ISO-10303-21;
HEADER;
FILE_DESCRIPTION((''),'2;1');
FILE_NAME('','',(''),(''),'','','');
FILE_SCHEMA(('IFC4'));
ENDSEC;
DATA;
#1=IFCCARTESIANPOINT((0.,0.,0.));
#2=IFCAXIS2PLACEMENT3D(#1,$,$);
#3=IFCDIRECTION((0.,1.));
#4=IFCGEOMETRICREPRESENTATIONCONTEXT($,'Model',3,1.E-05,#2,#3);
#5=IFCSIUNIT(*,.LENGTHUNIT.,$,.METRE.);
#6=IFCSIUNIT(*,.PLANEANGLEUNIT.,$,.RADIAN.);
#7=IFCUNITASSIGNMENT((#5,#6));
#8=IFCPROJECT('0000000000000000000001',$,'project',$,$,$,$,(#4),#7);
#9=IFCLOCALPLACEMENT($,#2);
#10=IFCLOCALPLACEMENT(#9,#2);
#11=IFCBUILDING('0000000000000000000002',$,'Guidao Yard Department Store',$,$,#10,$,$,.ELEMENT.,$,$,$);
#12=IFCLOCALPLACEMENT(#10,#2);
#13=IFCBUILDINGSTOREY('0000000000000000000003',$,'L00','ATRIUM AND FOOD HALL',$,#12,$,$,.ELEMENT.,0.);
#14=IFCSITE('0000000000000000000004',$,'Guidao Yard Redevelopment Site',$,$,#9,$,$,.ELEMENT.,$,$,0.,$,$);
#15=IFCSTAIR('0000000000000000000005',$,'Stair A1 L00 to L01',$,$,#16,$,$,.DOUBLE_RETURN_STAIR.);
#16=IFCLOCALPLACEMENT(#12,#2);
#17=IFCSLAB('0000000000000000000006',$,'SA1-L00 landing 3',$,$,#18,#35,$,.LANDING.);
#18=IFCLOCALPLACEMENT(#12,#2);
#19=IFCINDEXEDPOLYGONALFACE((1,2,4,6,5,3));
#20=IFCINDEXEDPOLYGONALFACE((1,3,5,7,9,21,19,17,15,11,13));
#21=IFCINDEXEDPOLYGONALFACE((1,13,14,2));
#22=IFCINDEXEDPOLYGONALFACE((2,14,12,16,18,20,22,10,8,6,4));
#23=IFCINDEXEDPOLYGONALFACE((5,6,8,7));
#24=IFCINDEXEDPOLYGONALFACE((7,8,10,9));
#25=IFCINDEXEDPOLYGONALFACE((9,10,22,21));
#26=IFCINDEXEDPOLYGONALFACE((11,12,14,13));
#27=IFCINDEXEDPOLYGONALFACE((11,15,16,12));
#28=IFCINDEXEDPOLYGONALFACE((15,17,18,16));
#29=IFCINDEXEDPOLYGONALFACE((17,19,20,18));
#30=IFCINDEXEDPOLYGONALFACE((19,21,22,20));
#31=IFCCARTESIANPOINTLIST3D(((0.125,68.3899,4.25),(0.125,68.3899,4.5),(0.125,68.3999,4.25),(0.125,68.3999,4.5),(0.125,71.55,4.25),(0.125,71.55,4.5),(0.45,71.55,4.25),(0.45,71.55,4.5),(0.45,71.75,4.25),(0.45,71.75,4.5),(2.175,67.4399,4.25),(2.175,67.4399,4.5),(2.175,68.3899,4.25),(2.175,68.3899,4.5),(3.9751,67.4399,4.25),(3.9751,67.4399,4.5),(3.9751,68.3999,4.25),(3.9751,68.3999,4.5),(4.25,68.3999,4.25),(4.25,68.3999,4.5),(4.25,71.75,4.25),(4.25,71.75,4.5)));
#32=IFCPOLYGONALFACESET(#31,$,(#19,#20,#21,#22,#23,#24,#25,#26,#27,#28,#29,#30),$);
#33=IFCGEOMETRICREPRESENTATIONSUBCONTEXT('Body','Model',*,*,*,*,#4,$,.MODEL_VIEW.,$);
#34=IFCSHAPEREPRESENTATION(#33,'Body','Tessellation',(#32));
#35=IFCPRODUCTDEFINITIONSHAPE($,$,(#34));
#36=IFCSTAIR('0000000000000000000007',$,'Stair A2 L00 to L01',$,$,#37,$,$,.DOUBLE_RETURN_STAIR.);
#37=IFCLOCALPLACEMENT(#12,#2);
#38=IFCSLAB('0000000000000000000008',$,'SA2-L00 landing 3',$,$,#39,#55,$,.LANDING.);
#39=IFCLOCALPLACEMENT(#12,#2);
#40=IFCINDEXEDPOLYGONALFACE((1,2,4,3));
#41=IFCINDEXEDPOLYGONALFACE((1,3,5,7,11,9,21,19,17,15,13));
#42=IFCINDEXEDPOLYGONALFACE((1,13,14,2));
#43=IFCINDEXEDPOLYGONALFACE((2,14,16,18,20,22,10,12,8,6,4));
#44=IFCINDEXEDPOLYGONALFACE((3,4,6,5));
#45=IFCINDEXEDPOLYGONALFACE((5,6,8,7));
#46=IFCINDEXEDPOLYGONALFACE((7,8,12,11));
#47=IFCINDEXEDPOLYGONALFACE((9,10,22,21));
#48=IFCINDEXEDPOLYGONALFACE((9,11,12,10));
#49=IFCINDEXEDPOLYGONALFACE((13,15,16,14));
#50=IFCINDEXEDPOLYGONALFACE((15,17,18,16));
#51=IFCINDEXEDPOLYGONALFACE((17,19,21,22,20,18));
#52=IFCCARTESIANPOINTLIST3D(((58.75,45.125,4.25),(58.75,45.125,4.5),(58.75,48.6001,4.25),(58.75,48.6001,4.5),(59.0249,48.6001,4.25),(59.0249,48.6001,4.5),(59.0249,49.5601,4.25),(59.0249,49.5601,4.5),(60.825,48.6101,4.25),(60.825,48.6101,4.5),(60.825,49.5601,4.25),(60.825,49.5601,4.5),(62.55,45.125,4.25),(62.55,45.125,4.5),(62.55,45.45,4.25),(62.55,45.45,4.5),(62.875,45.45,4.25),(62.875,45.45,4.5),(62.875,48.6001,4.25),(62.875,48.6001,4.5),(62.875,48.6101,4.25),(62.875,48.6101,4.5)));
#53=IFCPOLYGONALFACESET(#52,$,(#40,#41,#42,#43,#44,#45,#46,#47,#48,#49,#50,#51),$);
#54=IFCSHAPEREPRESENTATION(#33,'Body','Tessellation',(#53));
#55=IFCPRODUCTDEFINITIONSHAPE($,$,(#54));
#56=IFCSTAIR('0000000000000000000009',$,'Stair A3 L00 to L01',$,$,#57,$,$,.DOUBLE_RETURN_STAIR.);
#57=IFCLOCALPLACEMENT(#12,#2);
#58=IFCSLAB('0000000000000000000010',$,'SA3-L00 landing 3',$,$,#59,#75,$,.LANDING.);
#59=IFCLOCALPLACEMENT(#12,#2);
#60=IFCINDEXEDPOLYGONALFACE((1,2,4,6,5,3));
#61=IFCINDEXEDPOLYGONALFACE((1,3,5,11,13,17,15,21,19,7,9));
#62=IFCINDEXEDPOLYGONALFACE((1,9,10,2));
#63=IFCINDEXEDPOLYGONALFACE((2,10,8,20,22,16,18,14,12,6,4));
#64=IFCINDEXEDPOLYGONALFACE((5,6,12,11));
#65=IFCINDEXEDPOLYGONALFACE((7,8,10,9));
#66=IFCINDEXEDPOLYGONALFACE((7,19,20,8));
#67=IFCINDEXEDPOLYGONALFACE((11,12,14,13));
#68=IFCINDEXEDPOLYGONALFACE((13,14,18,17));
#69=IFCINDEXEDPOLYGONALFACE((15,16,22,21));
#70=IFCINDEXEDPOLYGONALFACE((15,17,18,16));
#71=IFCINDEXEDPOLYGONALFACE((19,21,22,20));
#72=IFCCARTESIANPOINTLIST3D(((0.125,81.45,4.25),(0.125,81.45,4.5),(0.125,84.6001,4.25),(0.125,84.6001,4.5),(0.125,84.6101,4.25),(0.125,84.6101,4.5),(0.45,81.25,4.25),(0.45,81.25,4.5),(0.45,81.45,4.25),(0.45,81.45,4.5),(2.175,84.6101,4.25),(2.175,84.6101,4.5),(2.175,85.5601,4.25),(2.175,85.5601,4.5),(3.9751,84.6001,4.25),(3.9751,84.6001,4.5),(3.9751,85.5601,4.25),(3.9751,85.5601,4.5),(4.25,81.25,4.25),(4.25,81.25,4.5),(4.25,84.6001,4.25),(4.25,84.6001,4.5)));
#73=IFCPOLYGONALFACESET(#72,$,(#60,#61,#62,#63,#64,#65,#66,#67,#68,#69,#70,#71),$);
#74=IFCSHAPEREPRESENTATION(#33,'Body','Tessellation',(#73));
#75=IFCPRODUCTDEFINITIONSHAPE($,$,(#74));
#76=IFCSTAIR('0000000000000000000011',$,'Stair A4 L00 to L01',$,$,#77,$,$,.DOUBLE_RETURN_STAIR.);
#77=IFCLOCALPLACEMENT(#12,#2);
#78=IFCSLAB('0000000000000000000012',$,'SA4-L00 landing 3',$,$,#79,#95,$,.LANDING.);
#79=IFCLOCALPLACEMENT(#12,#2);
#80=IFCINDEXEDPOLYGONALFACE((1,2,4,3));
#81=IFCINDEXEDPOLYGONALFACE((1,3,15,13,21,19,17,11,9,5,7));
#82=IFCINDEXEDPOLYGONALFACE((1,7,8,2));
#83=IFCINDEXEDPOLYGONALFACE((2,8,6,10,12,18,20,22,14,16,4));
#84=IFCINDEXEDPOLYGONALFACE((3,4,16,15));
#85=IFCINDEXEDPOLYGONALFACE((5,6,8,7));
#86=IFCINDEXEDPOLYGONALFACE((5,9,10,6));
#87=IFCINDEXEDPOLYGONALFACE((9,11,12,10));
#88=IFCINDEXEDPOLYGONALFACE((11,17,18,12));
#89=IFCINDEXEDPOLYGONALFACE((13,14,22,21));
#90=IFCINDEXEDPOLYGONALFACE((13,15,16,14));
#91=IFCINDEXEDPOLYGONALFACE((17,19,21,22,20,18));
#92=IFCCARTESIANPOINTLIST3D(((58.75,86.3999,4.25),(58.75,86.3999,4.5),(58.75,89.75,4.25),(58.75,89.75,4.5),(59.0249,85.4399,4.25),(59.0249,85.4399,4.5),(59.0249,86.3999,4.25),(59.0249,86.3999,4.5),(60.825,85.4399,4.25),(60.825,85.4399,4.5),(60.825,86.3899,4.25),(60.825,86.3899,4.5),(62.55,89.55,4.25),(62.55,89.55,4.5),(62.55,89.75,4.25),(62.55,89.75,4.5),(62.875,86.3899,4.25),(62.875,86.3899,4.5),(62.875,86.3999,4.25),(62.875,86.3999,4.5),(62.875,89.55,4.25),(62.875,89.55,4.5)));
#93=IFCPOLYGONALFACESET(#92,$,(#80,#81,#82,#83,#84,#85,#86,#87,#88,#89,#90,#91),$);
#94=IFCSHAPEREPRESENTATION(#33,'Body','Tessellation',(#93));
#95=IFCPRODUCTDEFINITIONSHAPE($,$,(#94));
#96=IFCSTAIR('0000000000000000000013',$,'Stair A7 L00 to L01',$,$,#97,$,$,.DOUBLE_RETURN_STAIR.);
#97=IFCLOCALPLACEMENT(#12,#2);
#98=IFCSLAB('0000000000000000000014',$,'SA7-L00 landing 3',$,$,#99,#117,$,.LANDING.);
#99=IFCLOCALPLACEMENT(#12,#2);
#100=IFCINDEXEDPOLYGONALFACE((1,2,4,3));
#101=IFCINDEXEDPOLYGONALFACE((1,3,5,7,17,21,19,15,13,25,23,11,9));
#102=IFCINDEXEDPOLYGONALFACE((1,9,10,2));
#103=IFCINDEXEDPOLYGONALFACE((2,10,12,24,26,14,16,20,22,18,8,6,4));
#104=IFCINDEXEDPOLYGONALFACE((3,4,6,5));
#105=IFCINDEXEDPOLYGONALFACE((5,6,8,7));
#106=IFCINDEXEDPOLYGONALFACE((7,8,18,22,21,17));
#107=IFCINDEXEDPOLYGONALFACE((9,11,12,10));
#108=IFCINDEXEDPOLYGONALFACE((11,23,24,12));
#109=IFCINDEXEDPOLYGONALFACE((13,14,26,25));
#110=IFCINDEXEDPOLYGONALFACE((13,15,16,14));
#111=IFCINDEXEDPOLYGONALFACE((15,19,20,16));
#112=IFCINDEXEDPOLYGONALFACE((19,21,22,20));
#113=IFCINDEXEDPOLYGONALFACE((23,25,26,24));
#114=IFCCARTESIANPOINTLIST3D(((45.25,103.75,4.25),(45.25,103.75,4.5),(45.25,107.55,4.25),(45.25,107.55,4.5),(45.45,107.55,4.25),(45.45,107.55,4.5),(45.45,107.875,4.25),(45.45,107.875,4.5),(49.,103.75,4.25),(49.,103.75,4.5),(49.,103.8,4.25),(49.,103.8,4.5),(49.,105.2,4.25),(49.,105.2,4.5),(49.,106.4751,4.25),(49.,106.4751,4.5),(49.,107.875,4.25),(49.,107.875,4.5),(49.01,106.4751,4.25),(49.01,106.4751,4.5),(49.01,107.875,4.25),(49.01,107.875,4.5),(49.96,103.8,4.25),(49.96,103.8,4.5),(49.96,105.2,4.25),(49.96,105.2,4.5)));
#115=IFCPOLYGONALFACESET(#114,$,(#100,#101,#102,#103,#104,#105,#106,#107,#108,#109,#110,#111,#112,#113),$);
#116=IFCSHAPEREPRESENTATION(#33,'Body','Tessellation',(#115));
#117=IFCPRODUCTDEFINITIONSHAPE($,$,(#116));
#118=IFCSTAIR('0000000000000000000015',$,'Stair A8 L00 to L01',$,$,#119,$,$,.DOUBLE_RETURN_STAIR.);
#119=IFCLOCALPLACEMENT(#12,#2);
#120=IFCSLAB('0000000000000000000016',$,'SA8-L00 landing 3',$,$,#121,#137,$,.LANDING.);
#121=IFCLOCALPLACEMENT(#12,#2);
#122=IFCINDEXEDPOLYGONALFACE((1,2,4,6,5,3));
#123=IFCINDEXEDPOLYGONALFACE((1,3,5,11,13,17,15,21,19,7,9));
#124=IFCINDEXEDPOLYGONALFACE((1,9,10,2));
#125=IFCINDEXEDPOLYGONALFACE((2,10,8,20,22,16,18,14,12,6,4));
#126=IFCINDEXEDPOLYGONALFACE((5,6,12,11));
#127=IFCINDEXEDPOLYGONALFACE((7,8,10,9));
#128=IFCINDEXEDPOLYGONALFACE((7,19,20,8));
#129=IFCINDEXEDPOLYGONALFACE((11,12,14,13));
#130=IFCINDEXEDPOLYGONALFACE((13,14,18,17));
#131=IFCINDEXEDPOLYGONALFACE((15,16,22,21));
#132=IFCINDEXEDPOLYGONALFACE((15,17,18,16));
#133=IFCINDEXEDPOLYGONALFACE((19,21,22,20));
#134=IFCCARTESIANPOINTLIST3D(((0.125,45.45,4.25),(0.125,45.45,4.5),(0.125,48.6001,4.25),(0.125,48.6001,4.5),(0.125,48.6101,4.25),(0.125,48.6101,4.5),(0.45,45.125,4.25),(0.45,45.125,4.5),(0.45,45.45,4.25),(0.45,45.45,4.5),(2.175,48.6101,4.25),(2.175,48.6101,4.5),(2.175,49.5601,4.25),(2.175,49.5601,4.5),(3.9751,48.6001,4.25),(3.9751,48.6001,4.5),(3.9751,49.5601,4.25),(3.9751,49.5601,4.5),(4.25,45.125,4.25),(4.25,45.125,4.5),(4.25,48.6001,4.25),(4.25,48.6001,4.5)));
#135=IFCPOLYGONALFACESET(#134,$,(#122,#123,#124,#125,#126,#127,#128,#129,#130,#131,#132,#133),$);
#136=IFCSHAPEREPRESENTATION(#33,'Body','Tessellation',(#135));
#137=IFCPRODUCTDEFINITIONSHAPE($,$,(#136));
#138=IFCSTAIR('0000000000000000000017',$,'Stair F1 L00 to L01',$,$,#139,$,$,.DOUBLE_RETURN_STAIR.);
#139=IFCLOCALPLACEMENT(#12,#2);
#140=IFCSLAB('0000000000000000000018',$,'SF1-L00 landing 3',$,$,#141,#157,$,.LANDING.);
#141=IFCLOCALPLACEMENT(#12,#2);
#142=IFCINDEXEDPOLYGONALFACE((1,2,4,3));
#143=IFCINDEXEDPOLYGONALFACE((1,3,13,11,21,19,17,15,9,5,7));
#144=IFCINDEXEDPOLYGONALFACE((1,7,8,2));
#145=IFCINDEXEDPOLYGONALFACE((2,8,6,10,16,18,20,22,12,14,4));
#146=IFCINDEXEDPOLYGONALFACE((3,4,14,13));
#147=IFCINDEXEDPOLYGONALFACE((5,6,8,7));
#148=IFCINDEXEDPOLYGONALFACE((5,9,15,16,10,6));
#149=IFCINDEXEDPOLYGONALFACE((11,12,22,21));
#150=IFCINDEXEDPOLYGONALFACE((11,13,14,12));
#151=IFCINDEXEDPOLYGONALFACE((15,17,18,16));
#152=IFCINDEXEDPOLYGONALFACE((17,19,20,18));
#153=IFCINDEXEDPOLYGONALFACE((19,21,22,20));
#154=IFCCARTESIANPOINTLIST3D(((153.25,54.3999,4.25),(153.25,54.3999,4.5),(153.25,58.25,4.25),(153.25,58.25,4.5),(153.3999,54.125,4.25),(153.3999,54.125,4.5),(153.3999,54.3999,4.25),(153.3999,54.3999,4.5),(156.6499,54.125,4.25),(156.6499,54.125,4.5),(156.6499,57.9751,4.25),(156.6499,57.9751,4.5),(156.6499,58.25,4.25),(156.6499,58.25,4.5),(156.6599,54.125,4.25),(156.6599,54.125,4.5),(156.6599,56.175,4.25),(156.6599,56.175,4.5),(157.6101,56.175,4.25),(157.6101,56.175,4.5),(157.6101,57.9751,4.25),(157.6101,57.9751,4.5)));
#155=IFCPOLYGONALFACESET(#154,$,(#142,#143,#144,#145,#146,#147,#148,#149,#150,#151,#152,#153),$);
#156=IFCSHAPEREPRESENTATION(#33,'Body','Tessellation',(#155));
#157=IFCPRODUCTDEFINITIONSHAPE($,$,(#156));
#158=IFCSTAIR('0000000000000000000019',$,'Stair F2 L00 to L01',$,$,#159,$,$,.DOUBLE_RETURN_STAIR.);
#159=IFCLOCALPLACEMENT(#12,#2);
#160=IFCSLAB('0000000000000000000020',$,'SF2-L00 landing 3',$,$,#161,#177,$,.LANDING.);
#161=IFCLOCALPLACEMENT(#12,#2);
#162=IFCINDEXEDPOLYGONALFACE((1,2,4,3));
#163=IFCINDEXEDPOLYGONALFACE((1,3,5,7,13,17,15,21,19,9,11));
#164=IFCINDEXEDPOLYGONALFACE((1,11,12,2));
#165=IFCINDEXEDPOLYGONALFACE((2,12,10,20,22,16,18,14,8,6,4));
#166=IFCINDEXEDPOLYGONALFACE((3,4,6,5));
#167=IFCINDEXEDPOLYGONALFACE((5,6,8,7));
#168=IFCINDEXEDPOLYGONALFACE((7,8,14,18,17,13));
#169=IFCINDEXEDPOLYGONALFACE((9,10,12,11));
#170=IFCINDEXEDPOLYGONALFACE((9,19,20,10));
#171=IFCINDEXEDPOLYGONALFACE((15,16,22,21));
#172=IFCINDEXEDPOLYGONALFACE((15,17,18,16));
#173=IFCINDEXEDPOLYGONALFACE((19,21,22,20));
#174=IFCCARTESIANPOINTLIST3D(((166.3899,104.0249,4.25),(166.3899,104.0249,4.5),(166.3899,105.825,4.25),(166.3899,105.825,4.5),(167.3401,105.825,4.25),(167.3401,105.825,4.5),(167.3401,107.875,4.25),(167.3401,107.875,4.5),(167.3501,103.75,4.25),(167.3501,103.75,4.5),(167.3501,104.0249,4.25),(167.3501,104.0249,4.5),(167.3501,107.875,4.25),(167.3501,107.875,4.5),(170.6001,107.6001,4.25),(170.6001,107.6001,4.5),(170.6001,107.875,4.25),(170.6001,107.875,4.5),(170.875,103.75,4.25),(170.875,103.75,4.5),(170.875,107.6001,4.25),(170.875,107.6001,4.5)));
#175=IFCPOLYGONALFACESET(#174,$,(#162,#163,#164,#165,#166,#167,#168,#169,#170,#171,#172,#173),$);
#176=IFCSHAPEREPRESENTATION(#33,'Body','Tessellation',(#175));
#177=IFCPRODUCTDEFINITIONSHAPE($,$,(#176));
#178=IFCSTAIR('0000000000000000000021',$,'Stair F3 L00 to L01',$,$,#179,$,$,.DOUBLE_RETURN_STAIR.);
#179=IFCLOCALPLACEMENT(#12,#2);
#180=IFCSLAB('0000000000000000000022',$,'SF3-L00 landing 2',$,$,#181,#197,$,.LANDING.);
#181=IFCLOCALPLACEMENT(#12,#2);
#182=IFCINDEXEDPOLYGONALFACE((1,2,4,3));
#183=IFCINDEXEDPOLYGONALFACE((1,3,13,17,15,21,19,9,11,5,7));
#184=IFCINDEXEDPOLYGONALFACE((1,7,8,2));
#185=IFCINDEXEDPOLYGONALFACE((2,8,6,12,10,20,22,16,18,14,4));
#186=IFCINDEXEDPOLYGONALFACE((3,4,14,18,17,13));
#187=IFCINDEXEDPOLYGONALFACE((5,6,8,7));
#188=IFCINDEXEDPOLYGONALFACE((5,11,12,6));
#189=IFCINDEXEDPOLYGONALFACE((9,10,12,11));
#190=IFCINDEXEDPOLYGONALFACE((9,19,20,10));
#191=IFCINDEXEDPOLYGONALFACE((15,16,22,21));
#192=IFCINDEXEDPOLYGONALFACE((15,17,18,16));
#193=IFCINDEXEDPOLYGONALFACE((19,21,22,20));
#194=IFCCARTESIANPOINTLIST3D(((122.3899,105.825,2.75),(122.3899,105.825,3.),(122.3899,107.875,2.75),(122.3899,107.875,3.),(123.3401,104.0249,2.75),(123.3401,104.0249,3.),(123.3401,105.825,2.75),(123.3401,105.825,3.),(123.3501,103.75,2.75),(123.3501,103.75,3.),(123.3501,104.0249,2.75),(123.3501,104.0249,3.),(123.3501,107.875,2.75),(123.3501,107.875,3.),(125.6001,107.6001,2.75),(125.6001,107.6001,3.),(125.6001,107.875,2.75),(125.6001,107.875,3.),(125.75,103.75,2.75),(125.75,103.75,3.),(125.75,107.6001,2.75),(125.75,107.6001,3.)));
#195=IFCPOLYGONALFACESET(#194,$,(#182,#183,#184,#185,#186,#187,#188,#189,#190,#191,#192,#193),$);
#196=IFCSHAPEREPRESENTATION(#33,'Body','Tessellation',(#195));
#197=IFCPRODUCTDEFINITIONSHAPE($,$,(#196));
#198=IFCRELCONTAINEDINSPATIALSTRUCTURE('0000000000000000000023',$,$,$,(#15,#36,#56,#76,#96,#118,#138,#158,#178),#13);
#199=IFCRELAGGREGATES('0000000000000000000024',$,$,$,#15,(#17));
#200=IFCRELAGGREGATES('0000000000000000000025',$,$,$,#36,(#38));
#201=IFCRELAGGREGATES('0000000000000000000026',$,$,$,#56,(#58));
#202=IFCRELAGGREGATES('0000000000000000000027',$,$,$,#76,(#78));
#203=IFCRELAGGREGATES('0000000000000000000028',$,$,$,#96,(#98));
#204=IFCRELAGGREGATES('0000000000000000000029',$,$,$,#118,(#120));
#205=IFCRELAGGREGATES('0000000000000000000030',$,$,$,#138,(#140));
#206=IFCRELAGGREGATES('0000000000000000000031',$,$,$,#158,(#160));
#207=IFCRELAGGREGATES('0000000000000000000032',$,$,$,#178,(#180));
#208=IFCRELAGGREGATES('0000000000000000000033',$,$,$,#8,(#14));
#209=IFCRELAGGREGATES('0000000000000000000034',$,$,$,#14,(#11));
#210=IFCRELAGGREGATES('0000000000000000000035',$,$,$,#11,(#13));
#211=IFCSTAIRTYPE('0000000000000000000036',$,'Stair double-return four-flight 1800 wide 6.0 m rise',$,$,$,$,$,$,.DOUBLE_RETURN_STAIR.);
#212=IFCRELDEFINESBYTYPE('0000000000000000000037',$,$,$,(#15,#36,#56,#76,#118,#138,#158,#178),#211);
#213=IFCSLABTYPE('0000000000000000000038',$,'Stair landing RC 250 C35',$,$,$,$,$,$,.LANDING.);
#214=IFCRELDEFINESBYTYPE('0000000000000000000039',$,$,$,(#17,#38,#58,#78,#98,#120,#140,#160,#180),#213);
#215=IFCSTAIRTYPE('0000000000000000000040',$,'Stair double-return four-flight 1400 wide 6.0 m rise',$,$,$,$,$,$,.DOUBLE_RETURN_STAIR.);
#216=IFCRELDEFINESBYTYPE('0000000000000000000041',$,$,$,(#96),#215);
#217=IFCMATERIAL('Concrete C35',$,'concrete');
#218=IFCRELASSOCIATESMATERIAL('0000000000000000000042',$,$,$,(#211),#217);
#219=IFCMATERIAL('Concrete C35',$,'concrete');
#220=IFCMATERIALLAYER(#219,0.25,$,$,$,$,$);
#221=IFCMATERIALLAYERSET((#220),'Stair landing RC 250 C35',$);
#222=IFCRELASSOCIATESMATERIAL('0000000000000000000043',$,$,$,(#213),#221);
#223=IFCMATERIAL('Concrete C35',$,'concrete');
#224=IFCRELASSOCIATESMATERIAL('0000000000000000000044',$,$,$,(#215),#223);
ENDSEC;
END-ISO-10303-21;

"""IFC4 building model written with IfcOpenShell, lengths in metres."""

from ifc_helpers import new_model, si_unit, direction, frame, origin, place, context, subcontext, project, spatial, polyline, outline, extrude, material, layer, layer_set, type_object, element, aggregate, save


model = new_model("IFC4")

# Units and contexts
model_context = context("Model", 3, precision=1e-05, world=origin(), true_north=direction((0.0, 1.0)))
body_context = subcontext(model_context, "Body", "Model", "MODEL_VIEW")
ifc_project = project(units=[si_unit("LENGTHUNIT", "METRE"), si_unit("PLANEANGLEUNIT", "RADIAN")], contexts=[model_context])

# Site, building, storey
site_placement = place(None, origin())
site = spatial("IfcSite", under=ifc_project, at=site_placement, Name="Guidao Yard Redevelopment Site", CompositionType="ELEMENT", RefElevation=0.0)
building_placement = place(site_placement, origin())
building = spatial("IfcBuilding", under=site, at=building_placement, Name="Guidao Yard Department Store", CompositionType="ELEMENT")
storey_placement = place(building_placement, origin())
storey = spatial("IfcBuildingStorey", under=building, at=storey_placement, Name="L00", Description="ATRIUM AND FOOD HALL", CompositionType="ELEMENT", Elevation=0.0)

# Stairs, slabs
ifc_material_1 = material(Name="Concrete C35", Category="concrete")
stair_type_1 = type_object("IfcStairType", Name="Stair double-return four-flight 1800 wide 6.0 m rise", PredefinedType="DOUBLE_RETURN_STAIR", material=ifc_material_1)
stair_1_placement = place(storey_placement, origin())
stair_1 = element("IfcStair", 1, at=stair_1_placement, inside=storey, type_object=stair_type_1, Name="Stair A1 L00 to L01", PredefinedType="DOUBLE_RETURN_STAIR")
ifc_material_2 = material(Name="Concrete C35", Category="concrete")
ifc_layer = layer(ifc_material_2, 0.25)
ifc_layer_set = layer_set([ifc_layer], Name="Stair landing RC 250 C35")
slab_type = type_object("IfcSlabType", Name="Stair landing RC 250 C35", PredefinedType="LANDING", material=ifc_layer_set)
slab_1_placement = place(storey_placement, frame((0.0, 0.0, 4.25)))
slab_1 = element("IfcSlab", 2, at=slab_1_placement, type_object=slab_type, Name="SA1-L00 landing 3", PredefinedType="LANDING", context=body_context, shape_type="SweptSolid", body=[
    extrude(outline(polyline([(2.175, 68.3899), (0.125, 68.3899), (0.125, 68.3999), (0.125, 71.55), (0.45, 71.55), (0.45, 71.75), (4.25, 71.75), (4.25, 68.3999), (3.9751, 68.3999), (3.9751, 67.4399), (2.175, 67.4399), (2.175, 68.3899)])), origin(), (0.0, 0.0, 1.0), 0.25),
])
aggregate(stair_1, [slab_1])
stair_2_placement = place(storey_placement, origin())
stair_2 = element("IfcStair", 3, at=stair_2_placement, inside=storey, type_object=stair_type_1, Name="Stair A2 L00 to L01", PredefinedType="DOUBLE_RETURN_STAIR")
slab_2_placement = place(storey_placement, frame((0.0, 0.0, 4.25)))
slab_2 = element("IfcSlab", 4, at=slab_2_placement, type_object=slab_type, Name="SA2-L00 landing 3", PredefinedType="LANDING", context=body_context, shape_type="SweptSolid", body=[
    extrude(outline(polyline([(58.75, 48.6001), (59.0249, 48.6001), (59.0249, 49.5601), (60.825, 49.5601), (60.825, 48.6101), (62.875, 48.6101), (62.875, 48.6001), (62.875, 45.45), (62.55, 45.45), (62.55, 45.125), (58.75, 45.125), (58.75, 48.6001)])), origin(), (0.0, 0.0, 1.0), 0.25),
])
aggregate(stair_2, [slab_2])
stair_3_placement = place(storey_placement, origin())
stair_3 = element("IfcStair", 5, at=stair_3_placement, inside=storey, type_object=stair_type_1, Name="Stair A3 L00 to L01", PredefinedType="DOUBLE_RETURN_STAIR")
slab_3_placement = place(storey_placement, frame((0.0, 0.0, 4.25)))
slab_3 = element("IfcSlab", 6, at=slab_3_placement, type_object=slab_type, Name="SA3-L00 landing 3", PredefinedType="LANDING", context=body_context, shape_type="SweptSolid", body=[
    extrude(outline(polyline([(0.45, 81.25), (0.45, 81.45), (0.125, 81.45), (0.125, 84.6001), (0.125, 84.6101), (2.175, 84.6101), (2.175, 85.5601), (3.9751, 85.5601), (3.9751, 84.6001), (4.25, 84.6001), (4.25, 81.25), (0.45, 81.25)])), origin(), (0.0, 0.0, 1.0), 0.25),
])
aggregate(stair_3, [slab_3])
stair_4_placement = place(storey_placement, origin())
stair_4 = element("IfcStair", 7, at=stair_4_placement, inside=storey, type_object=stair_type_1, Name="Stair A4 L00 to L01", PredefinedType="DOUBLE_RETURN_STAIR")
slab_4_placement = place(storey_placement, frame((0.0, 0.0, 4.25)))
slab_4 = element("IfcSlab", 8, at=slab_4_placement, type_object=slab_type, Name="SA4-L00 landing 3", PredefinedType="LANDING", context=body_context, shape_type="SweptSolid", body=[
    extrude(outline(polyline([(59.0249, 86.3999), (58.75, 86.3999), (58.75, 89.75), (62.55, 89.75), (62.55, 89.55), (62.875, 89.55), (62.875, 86.3999), (62.875, 86.3899), (60.825, 86.3899), (60.825, 85.4399), (59.0249, 85.4399), (59.0249, 86.3999)])), origin(), (0.0, 0.0, 1.0), 0.25),
])
aggregate(stair_4, [slab_4])
ifc_material_3 = material(Name="Concrete C35", Category="concrete")
stair_type_2 = type_object("IfcStairType", Name="Stair double-return four-flight 1400 wide 6.0 m rise", PredefinedType="DOUBLE_RETURN_STAIR", material=ifc_material_3)
stair_5_placement = place(storey_placement, origin())
stair_5 = element("IfcStair", 9, at=stair_5_placement, inside=storey, type_object=stair_type_2, Name="Stair A7 L00 to L01", PredefinedType="DOUBLE_RETURN_STAIR")
slab_5_placement = place(storey_placement, frame((0.0, 0.0, 4.25)))
slab_5 = element("IfcSlab", 10, at=slab_5_placement, type_object=slab_type, Name="SA7-L00 landing 3", PredefinedType="LANDING", context=body_context, shape_type="SweptSolid", body=[
    extrude(outline(polyline([(49.0, 103.8), (49.0, 103.75), (45.25, 103.75), (45.25, 107.55), (45.45, 107.55), (45.45, 107.875), (49.0, 107.875), (49.01, 107.875), (49.01, 106.4751), (49.0, 106.4751), (49.0, 105.2), (49.96, 105.2), (49.96, 103.8), (49.0, 103.8)])), origin(), (0.0, 0.0, 1.0), 0.25),
])
aggregate(stair_5, [slab_5])
stair_6_placement = place(storey_placement, origin())
stair_6 = element("IfcStair", 11, at=stair_6_placement, inside=storey, type_object=stair_type_1, Name="Stair A8 L00 to L01", PredefinedType="DOUBLE_RETURN_STAIR")
slab_6_placement = place(storey_placement, frame((0.0, 0.0, 4.25)))
slab_6 = element("IfcSlab", 12, at=slab_6_placement, type_object=slab_type, Name="SA8-L00 landing 3", PredefinedType="LANDING", context=body_context, shape_type="SweptSolid", body=[
    extrude(outline(polyline([(0.45, 45.125), (0.45, 45.45), (0.125, 45.45), (0.125, 48.6001), (0.125, 48.6101), (2.175, 48.6101), (2.175, 49.5601), (3.9751, 49.5601), (3.9751, 48.6001), (4.25, 48.6001), (4.25, 45.125), (0.45, 45.125)])), origin(), (0.0, 0.0, 1.0), 0.25),
])
aggregate(stair_6, [slab_6])
stair_7_placement = place(storey_placement, origin())
stair_7 = element("IfcStair", 13, at=stair_7_placement, inside=storey, type_object=stair_type_1, Name="Stair F1 L00 to L01", PredefinedType="DOUBLE_RETURN_STAIR")
slab_7_placement = place(storey_placement, frame((0.0, 0.0, 4.25)))
slab_7 = element("IfcSlab", 14, at=slab_7_placement, type_object=slab_type, Name="SF1-L00 landing 3", PredefinedType="LANDING", context=body_context, shape_type="SweptSolid", body=[
    extrude(outline(polyline([(153.3999, 54.125), (153.3999, 54.3999), (153.25, 54.3999), (153.25, 58.25), (156.6499, 58.25), (156.6499, 57.9751), (157.6101, 57.9751), (157.6101, 56.175), (156.6599, 56.175), (156.6599, 54.125), (156.6499, 54.125), (153.3999, 54.125)])), origin(), (0.0, 0.0, 1.0), 0.25),
])
aggregate(stair_7, [slab_7])
stair_8_placement = place(storey_placement, origin())
stair_8 = element("IfcStair", 15, at=stair_8_placement, inside=storey, type_object=stair_type_1, Name="Stair F2 L00 to L01", PredefinedType="DOUBLE_RETURN_STAIR")
slab_8_placement = place(storey_placement, frame((0.0, 0.0, 4.25)))
slab_8 = element("IfcSlab", 16, at=slab_8_placement, type_object=slab_type, Name="SF2-L00 landing 3", PredefinedType="LANDING", context=body_context, shape_type="SweptSolid", body=[
    extrude(outline(polyline([(167.3401, 105.825), (167.3401, 107.875), (167.3501, 107.875), (170.6001, 107.875), (170.6001, 107.6001), (170.875, 107.6001), (170.875, 103.75), (167.3501, 103.75), (167.3501, 104.0249), (166.3899, 104.0249), (166.3899, 105.825), (167.3401, 105.825)])), origin(), (0.0, 0.0, 1.0), 0.25),
])
aggregate(stair_8, [slab_8])

# Stair, slab
stair_9_placement = place(storey_placement, origin())
stair_9 = element("IfcStair", 17, at=stair_9_placement, inside=storey, type_object=stair_type_1, Name="Stair F3 L00 to L01", PredefinedType="DOUBLE_RETURN_STAIR")
slab_9_placement = place(storey_placement, frame((0.0, 0.0, 2.75)))
slab_9 = element("IfcSlab", 18, at=slab_9_placement, type_object=slab_type, Name="SF3-L00 landing 2", PredefinedType="LANDING", context=body_context, shape_type="SweptSolid", body=[
    extrude(outline(polyline([(122.3899, 105.825), (122.3899, 107.875), (123.3501, 107.875), (125.6001, 107.875), (125.6001, 107.6001), (125.75, 107.6001), (125.75, 103.75), (123.3501, 103.75), (123.3501, 104.0249), (123.3401, 104.0249), (123.3401, 105.825), (122.3899, 105.825)])), origin(), (0.0, 0.0, 1.0), 0.25),
])
aggregate(stair_9, [slab_9])

save(model, "model.ifc")
